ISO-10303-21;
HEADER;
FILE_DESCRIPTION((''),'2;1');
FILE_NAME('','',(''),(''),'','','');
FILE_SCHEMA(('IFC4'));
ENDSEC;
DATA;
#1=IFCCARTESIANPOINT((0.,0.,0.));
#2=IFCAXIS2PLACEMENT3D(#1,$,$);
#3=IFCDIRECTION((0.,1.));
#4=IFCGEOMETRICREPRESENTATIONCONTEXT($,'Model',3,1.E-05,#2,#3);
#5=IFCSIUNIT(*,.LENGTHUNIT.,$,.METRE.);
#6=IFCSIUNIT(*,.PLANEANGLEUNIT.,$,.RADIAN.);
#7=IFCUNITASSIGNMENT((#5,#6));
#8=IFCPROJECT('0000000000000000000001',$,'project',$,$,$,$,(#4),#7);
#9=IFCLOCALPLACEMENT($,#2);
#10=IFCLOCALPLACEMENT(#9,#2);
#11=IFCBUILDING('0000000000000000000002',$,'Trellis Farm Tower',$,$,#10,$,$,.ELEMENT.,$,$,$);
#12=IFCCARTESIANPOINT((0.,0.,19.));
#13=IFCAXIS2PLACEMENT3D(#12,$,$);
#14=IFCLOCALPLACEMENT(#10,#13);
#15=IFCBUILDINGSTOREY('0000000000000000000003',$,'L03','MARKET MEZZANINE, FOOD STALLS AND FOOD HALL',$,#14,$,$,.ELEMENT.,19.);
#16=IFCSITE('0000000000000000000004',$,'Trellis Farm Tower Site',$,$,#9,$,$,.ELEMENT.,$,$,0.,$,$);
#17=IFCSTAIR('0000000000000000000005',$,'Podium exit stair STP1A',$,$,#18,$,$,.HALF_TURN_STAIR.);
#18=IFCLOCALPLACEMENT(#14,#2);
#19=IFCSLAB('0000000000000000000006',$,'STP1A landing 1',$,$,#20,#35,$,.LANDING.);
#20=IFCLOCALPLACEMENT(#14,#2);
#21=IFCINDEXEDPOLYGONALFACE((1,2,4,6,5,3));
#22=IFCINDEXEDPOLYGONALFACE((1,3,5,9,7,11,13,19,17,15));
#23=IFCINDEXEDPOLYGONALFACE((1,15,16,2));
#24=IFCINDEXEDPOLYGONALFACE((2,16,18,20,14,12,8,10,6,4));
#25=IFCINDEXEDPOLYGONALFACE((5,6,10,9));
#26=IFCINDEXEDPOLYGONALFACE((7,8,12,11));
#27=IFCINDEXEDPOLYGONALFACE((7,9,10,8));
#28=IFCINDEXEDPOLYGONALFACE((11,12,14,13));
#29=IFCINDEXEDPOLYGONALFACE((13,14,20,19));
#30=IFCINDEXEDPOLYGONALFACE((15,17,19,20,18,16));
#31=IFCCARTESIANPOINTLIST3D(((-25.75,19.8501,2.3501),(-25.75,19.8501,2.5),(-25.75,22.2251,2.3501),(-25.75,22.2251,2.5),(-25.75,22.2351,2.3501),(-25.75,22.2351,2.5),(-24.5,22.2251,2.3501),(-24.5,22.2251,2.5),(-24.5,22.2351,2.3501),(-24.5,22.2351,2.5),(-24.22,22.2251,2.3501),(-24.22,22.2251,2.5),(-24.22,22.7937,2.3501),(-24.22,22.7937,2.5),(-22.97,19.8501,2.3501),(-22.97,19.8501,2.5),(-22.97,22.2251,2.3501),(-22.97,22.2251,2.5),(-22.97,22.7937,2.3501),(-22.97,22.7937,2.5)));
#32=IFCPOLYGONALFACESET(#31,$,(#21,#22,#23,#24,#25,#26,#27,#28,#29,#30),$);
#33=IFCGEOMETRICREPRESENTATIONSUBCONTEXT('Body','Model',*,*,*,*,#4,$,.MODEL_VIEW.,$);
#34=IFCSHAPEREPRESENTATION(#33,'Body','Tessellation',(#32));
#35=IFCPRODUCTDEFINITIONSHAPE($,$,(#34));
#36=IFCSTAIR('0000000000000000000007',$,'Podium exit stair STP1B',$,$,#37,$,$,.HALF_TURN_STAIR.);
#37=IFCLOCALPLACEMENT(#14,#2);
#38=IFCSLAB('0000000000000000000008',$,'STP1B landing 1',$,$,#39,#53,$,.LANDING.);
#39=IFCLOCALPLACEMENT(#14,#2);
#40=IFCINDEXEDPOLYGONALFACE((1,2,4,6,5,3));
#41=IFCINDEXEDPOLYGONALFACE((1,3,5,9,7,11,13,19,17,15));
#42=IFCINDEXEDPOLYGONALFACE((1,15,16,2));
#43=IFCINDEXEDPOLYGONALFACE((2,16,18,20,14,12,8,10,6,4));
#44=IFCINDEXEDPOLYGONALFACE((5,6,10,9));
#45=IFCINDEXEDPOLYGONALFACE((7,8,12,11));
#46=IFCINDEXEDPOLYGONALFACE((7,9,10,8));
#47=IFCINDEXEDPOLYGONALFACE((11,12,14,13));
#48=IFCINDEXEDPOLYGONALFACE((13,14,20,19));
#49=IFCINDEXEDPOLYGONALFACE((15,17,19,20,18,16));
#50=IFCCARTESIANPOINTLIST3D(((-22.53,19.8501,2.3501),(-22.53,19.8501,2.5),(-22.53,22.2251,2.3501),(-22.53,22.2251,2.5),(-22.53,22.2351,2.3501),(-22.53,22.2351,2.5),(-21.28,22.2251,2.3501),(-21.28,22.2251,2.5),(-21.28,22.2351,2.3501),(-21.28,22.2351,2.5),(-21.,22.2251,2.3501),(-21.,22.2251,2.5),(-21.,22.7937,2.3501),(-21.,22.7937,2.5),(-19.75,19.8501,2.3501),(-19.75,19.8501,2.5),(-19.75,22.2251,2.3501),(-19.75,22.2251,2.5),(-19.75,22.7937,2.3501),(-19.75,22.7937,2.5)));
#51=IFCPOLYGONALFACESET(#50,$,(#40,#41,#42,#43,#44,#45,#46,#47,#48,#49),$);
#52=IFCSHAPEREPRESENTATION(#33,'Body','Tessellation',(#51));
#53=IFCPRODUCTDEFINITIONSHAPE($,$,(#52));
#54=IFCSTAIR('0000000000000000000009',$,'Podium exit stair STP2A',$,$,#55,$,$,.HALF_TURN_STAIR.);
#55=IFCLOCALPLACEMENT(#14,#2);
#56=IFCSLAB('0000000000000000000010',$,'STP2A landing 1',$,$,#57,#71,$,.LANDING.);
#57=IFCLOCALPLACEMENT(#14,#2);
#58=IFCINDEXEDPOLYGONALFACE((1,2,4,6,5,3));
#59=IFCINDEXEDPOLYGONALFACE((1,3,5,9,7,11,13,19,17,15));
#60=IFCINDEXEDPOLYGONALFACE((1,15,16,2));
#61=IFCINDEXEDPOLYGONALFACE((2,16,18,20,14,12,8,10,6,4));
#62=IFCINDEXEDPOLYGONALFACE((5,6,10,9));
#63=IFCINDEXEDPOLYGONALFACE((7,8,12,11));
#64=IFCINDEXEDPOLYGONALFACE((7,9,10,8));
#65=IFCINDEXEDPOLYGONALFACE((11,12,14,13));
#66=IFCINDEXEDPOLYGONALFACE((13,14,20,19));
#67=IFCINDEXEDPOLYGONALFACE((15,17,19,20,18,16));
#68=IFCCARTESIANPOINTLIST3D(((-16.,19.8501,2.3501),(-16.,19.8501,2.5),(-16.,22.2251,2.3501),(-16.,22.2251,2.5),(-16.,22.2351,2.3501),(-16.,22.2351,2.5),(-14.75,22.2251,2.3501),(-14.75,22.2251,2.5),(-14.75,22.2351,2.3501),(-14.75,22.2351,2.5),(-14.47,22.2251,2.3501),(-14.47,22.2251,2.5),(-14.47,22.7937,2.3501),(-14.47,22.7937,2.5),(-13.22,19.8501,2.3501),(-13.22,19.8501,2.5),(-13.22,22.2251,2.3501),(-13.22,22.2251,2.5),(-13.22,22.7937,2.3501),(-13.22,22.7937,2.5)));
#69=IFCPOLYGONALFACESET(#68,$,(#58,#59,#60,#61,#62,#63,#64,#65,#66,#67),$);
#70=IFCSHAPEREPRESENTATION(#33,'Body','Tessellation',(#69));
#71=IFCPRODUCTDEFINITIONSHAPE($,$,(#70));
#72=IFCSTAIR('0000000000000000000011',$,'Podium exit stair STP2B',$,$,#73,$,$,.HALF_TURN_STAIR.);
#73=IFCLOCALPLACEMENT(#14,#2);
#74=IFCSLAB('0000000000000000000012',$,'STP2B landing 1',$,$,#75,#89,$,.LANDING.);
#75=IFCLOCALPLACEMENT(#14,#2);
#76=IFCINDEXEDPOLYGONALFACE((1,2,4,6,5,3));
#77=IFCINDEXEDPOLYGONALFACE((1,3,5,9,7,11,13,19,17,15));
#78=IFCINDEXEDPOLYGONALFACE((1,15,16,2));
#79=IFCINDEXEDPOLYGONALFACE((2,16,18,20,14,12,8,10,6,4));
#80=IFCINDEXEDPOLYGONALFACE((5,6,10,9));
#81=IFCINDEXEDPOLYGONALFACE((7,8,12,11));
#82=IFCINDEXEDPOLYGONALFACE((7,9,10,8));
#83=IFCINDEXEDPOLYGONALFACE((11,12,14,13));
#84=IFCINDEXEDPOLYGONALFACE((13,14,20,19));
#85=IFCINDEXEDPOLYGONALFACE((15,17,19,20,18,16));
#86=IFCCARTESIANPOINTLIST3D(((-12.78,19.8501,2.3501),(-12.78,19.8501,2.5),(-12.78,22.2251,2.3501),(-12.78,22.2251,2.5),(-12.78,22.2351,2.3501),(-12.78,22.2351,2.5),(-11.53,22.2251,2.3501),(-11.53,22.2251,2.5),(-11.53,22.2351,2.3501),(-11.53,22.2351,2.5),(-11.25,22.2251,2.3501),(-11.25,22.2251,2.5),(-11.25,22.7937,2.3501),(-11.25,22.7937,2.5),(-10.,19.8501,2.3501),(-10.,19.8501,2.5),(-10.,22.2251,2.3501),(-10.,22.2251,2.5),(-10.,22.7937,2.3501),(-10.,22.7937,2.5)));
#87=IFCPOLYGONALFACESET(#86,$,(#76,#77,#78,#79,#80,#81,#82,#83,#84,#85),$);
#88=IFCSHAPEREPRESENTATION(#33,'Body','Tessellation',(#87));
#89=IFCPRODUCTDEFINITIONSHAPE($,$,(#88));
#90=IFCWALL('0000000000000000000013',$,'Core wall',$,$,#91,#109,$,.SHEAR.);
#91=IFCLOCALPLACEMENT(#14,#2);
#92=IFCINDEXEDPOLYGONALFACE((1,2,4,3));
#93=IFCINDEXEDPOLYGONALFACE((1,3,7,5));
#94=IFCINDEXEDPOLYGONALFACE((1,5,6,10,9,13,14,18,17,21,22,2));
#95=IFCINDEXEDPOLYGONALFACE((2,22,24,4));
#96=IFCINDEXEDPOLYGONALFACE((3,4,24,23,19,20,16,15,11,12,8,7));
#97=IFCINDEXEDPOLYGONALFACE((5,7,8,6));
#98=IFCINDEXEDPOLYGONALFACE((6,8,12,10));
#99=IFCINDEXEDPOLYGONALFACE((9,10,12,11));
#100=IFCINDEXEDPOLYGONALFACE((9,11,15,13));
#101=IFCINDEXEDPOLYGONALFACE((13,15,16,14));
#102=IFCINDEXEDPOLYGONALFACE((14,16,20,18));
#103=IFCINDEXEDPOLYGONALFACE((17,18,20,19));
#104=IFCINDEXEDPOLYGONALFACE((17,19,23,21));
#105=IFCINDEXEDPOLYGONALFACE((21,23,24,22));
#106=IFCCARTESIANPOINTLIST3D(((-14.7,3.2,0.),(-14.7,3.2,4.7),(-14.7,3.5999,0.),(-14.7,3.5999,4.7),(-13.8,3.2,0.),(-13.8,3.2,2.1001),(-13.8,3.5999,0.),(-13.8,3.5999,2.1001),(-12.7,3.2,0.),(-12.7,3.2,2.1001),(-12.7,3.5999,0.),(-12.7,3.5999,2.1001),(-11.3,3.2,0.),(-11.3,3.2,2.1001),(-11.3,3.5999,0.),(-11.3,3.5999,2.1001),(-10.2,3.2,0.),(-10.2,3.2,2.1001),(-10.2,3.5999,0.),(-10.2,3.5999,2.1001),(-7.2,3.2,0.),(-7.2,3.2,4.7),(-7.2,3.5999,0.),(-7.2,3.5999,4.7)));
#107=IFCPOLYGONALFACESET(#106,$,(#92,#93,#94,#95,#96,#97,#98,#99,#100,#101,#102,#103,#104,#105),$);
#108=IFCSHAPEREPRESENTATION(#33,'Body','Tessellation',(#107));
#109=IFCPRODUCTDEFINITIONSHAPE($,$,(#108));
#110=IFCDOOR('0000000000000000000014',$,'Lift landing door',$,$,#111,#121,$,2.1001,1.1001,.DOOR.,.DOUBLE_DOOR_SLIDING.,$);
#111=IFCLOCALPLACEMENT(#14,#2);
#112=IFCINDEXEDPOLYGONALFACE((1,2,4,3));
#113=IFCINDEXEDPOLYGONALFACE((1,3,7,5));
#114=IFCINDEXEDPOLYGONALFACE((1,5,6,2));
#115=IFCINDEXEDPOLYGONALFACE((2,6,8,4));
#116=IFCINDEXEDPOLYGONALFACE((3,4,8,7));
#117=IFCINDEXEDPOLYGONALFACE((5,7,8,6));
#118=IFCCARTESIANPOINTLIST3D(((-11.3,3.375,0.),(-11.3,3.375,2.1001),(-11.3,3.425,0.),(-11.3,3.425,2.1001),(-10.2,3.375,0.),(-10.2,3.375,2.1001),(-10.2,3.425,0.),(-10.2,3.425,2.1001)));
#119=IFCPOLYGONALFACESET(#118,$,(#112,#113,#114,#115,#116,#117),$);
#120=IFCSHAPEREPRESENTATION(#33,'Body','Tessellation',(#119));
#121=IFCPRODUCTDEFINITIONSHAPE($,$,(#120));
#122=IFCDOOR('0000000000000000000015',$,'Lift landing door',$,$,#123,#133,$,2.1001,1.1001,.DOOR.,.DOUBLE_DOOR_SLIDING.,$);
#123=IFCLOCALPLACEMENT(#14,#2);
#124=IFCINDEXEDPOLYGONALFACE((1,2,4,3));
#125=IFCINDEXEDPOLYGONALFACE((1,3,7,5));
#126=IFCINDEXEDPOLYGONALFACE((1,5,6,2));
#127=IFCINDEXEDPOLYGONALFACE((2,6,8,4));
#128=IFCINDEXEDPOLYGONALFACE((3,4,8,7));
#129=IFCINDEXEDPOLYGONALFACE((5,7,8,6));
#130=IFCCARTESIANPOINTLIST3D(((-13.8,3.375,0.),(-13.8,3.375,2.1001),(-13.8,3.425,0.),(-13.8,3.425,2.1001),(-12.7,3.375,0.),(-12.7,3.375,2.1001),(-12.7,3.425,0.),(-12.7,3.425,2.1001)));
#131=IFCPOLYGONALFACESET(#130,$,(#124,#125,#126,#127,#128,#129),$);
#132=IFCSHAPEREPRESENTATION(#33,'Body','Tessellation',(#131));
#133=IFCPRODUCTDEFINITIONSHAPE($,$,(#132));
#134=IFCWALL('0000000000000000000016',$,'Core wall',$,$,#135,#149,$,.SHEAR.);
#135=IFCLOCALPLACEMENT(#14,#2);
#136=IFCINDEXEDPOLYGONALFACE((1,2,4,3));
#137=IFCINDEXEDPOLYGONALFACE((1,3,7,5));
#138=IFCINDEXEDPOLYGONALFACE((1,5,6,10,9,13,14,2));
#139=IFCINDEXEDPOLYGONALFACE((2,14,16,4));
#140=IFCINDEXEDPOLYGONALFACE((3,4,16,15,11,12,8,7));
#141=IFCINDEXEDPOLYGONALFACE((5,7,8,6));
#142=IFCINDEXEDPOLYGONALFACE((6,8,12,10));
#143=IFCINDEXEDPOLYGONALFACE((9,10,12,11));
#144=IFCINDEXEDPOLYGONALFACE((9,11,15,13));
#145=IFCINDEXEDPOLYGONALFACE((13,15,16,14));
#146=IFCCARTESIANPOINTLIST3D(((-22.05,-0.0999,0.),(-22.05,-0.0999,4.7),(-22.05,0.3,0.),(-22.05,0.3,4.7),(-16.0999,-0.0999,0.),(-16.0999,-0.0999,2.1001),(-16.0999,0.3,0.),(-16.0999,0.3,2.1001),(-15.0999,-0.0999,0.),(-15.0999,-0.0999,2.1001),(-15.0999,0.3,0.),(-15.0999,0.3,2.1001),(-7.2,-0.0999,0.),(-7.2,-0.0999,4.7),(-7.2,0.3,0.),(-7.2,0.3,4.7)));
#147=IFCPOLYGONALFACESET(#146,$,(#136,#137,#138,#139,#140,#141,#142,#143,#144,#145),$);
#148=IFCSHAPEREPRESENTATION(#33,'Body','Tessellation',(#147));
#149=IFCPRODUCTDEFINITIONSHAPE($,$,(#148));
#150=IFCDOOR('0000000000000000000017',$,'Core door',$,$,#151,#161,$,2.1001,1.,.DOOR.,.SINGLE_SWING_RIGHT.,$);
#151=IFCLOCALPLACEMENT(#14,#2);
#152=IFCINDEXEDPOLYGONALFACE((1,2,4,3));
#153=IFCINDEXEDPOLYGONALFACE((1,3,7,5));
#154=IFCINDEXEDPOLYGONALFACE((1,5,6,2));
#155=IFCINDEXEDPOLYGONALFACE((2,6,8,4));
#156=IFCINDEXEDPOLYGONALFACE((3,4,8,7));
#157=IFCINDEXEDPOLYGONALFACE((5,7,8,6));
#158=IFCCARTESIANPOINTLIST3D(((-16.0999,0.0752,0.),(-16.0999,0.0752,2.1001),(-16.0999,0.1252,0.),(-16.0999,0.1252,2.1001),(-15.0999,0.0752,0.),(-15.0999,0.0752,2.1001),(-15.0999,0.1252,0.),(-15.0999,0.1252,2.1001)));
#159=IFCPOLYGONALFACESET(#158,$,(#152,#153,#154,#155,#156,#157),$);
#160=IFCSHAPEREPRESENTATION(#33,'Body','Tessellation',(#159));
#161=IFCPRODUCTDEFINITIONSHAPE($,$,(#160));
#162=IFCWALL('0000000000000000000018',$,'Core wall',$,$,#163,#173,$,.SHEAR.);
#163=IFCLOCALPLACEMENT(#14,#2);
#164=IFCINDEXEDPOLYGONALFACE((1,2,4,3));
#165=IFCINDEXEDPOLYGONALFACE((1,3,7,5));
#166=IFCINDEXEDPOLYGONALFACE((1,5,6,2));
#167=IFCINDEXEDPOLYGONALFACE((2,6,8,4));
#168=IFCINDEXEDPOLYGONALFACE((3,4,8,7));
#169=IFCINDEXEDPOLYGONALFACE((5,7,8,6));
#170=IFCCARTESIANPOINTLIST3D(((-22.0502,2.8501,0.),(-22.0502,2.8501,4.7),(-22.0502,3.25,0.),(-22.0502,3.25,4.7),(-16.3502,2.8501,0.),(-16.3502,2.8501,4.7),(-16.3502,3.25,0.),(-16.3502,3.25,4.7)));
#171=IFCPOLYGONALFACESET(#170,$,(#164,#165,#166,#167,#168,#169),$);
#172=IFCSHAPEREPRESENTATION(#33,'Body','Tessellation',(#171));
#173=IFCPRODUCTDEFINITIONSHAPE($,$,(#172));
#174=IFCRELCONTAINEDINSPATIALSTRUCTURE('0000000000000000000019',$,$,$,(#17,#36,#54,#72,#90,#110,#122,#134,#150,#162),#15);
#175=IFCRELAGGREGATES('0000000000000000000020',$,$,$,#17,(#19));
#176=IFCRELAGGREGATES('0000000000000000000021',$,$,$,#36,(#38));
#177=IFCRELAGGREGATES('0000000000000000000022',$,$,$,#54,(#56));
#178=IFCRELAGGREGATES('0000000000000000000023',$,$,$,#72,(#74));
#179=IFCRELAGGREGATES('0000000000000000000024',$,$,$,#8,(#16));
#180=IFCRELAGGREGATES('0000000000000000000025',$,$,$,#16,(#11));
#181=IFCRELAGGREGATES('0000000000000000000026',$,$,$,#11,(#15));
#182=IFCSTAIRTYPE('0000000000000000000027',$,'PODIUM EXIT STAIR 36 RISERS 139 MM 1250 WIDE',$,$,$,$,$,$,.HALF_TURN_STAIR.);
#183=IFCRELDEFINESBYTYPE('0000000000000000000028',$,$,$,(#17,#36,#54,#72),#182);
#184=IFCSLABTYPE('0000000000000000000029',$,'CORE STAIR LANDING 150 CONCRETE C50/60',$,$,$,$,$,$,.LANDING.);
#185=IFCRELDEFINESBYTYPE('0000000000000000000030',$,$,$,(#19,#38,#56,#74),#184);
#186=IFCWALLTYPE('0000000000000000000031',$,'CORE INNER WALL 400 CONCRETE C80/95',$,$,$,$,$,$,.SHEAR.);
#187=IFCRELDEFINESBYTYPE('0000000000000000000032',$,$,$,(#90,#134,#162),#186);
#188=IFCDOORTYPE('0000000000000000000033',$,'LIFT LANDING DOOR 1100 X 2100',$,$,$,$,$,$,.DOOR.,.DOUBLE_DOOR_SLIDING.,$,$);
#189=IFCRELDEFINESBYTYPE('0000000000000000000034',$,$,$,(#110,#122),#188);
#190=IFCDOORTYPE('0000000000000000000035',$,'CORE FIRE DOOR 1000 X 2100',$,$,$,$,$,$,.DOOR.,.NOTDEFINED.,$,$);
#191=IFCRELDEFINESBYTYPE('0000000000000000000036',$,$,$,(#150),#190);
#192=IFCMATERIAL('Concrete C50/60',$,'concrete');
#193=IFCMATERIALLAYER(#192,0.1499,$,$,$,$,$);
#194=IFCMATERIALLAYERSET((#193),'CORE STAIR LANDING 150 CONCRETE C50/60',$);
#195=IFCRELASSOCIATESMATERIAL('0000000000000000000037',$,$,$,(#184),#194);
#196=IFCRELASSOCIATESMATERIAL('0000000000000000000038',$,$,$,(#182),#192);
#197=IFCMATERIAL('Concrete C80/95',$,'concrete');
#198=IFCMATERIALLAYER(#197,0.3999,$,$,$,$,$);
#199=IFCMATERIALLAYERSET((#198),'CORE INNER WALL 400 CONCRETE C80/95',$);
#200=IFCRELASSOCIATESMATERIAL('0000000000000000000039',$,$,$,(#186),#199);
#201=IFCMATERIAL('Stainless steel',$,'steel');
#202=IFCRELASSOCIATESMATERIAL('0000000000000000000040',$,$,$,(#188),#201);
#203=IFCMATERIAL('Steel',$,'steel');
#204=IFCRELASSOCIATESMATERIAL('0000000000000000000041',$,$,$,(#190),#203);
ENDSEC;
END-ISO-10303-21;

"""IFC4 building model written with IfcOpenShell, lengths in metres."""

from ifc_helpers import new_model, si_unit, direction, frame, frame_2d, origin, place, context, subcontext, project, spatial, polyline, rectangle, outline, extrude, source, transform, mapped, material, layer, layer_set, type_object, element, fill, aggregate, save


model = new_model("IFC4")

# Units and contexts
model_context = context("Model", 3, precision=1e-05, world=origin(), true_north=direction((0.0, 1.0)))
body_context = subcontext(model_context, "Body", "Model", "MODEL_VIEW")
ifc_project = project(units=[si_unit("LENGTHUNIT", "METRE"), si_unit("PLANEANGLEUNIT", "RADIAN")], contexts=[model_context])

# Site, building, storey
site_placement = place(None, origin())
site = spatial("IfcSite", under=ifc_project, at=site_placement, Name="Trellis Farm Tower Site", CompositionType="ELEMENT", RefElevation=0.0)
building_placement = place(site_placement, origin())
building = spatial("IfcBuilding", under=site, at=building_placement, Name="Trellis Farm Tower", CompositionType="ELEMENT")
storey_placement = place(building_placement, frame((0.0, 0.0, 19.0)))
storey = spatial("IfcBuildingStorey", under=building, at=storey_placement, Name="L03", Description="MARKET MEZZANINE, FOOD STALLS AND FOOD HALL", CompositionType="ELEMENT", Elevation=19.0)

# Shared definitions
ifc_material_1 = material(Name="Concrete C50/60", Category="concrete")
placement_1 = place(storey_placement, origin())
ifc_layer_1 = layer(ifc_material_1, 0.1499)
ifc_layer_set_1 = layer_set([ifc_layer_1], Name="CORE STAIR LANDING 150 CONCRETE C50/60")
slab_type = type_object("IfcSlabType", Name="CORE STAIR LANDING 150 CONCRETE C50/60", PredefinedType="LANDING", material=ifc_layer_set_1)

# Shared definitions
placement_2 = place(storey_placement, frame((0.0, 0.0, 2.3501)))

# Stairs, slabs
stair_type_1 = type_object("IfcStairType", Name="PODIUM EXIT STAIR 36 RISERS 139 MM 1250 WIDE", PredefinedType="HALF_TURN_STAIR", material=ifc_material_1)
stair_1 = element("IfcStair", 1, at=placement_1, inside=storey, type_object=stair_type_1, Name="Podium exit stair STP1A", PredefinedType="HALF_TURN_STAIR")
shared_shape_1 = source(origin(), body_context, "Body", "SweptSolid", [
    extrude(outline(polyline([(-22.97, 19.8501), (-25.75, 19.8501), (-25.75, 22.2251), (-25.75, 22.2351), (-24.5, 22.2351), (-24.5, 22.2251), (-24.22, 22.2251), (-24.22, 22.7937), (-22.97, 22.7937), (-22.97, 22.2251), (-22.97, 19.8501)])), origin(), (0.0, 0.0, 1.0), 0.1499),
])
slab_1 = element("IfcSlab", 2, at=placement_2, type_object=slab_type, Name="STP1A landing 1", PredefinedType="LANDING", context=body_context, shape_type="MappedRepresentation", body=[
    mapped(shared_shape_1, transform((0.0, 0.0, 0.0))),
])
aggregate(stair_1, [slab_1])
stair_2 = element("IfcStair", 3, at=placement_1, inside=storey, type_object=stair_type_1, Name="Podium exit stair STP1B", PredefinedType="HALF_TURN_STAIR")
shared_shape_2 = source(origin(), body_context, "Body", "SweptSolid", [
    extrude(outline(polyline([(-19.75, 19.8501), (-22.53, 19.8501), (-22.53, 22.2251), (-22.53, 22.2351), (-21.28, 22.2351), (-21.28, 22.2251), (-21.0, 22.2251), (-21.0, 22.7937), (-19.75, 22.7937), (-19.75, 22.2251), (-19.75, 19.8501)])), origin(), (0.0, 0.0, 1.0), 0.1499),
])
slab_2 = element("IfcSlab", 4, at=placement_2, type_object=slab_type, Name="STP1B landing 1", PredefinedType="LANDING", context=body_context, shape_type="MappedRepresentation", body=[
    mapped(shared_shape_2, transform((0.0, 0.0, 0.0))),
])
aggregate(stair_2, [slab_2])
stair_3 = element("IfcStair", 5, at=placement_1, inside=storey, type_object=stair_type_1, Name="Podium exit stair STP2A", PredefinedType="HALF_TURN_STAIR")
shared_shape_3 = source(origin(), body_context, "Body", "SweptSolid", [
    extrude(outline(polyline([(-13.22, 19.8501), (-16.0, 19.8501), (-16.0, 22.2251), (-16.0, 22.2351), (-14.75, 22.2351), (-14.75, 22.2251), (-14.47, 22.2251), (-14.47, 22.7937), (-13.22, 22.7937), (-13.22, 22.2251), (-13.22, 19.8501)])), origin(), (0.0, 0.0, 1.0), 0.1499),
])
slab_3 = element("IfcSlab", 6, at=placement_2, type_object=slab_type, Name="STP2A landing 1", PredefinedType="LANDING", context=body_context, shape_type="MappedRepresentation", body=[
    mapped(shared_shape_3, transform((0.0, 0.0, 0.0))),
])
aggregate(stair_3, [slab_3])
stair_4 = element("IfcStair", 7, at=placement_1, inside=storey, type_object=stair_type_1, Name="Podium exit stair STP2B", PredefinedType="HALF_TURN_STAIR")
shared_shape_4 = source(origin(), body_context, "Body", "SweptSolid", [
    extrude(outline(polyline([(-10.0, 19.8501), (-12.78, 19.8501), (-12.78, 22.2251), (-12.78, 22.2351), (-11.53, 22.2351), (-11.53, 22.2251), (-11.25, 22.2251), (-11.25, 22.7937), (-10.0, 22.7937), (-10.0, 22.2251), (-10.0, 19.8501)])), origin(), (0.0, 0.0, 1.0), 0.1499),
])
slab_4 = element("IfcSlab", 8, at=placement_2, type_object=slab_type, Name="STP2B landing 1", PredefinedType="LANDING", context=body_context, shape_type="MappedRepresentation", body=[
    mapped(shared_shape_4, transform((0.0, 0.0, 0.0))),
])
aggregate(stair_4, [slab_4])

# Wall, openings, doors
ifc_material_2 = material(Name="Concrete C80/95", Category="concrete")
ifc_layer_2 = layer(ifc_material_2, 0.3999)
ifc_layer_set_2 = layer_set([ifc_layer_2], Name="CORE INNER WALL 400 CONCRETE C80/95")
wall_type = type_object("IfcWallType", Name="CORE INNER WALL 400 CONCRETE C80/95", PredefinedType="SHEAR", material=ifc_layer_set_2)
shared_shape_5 = source(origin(), body_context, "Body", "SweptSolid", [
    extrude(rectangle(XDim=7.5, YDim=0.3999, at=frame_2d((3.75, 0.0))), origin(), (0.0, 0.0, 1.0), 4.7),
])
wall_1_placement = place(storey_placement, frame((-7.2, 3.3999, 0.0), z_axis=(0.0, 0.0, 1.0), x_axis=(-1.0, 0.0, 0.0)))
wall_1 = element("IfcWall", 9, at=wall_1_placement, inside=storey, type_object=wall_type, Name="Core wall", PredefinedType="SHEAR", context=body_context, shape_type="MappedRepresentation", body=[
    mapped(shared_shape_5, transform((0.0, 0.0, 0.0))),
])
shared_shape_6 = source(origin(), body_context, "Body", "SweptSolid", [
    extrude(rectangle(XDim=1.1001, YDim=2.1001, at=frame_2d((0.55, 1.05))), frame((0.0, 0.21, 0.0), z_axis=(0.0, -1.0, 0.0), x_axis=(1.0, 0.0, 0.0)), (0.0, 0.0, 1.0), 0.4199),
])
opening_1_placement = place(wall_1_placement, frame((3.0, 0.0, 0.0)))
opening_1 = element("IfcOpeningElement", 10, at=opening_1_placement, cuts=wall_1, PredefinedType="OPENING", context=body_context, shape_type="MappedRepresentation", body=[
    mapped(shared_shape_6, transform((0.0, 0.0, 0.0))),
])
opening_2_placement = place(wall_1_placement, frame((5.5, 0.0, 0.0)))
opening_2 = element("IfcOpeningElement", 11, at=opening_2_placement, cuts=wall_1, PredefinedType="OPENING", context=body_context, shape_type="MappedRepresentation", body=[
    mapped(shared_shape_6, transform((0.0, 0.0, 0.0))),
])
ifc_material_3 = material(Name="Stainless steel", Category="steel")
door_type_1 = type_object("IfcDoorType", Name="LIFT LANDING DOOR 1100 X 2100", OperationType="DOUBLE_DOOR_SLIDING", PredefinedType="DOOR", material=ifc_material_3)
shared_shape_7 = source(origin(), body_context, "Body", "SweptSolid", [
    extrude(rectangle(XDim=1.1001, YDim=2.1001, at=frame_2d((0.55, 1.05))), frame((0.0, 0.0249, 0.0), z_axis=(0.0, -1.0, 0.0), x_axis=(1.0, 0.0, 0.0)), (0.0, 0.0, 1.0), 0.05),
])
door_1_placement = place(opening_1_placement, origin())
door_1 = element("IfcDoor", 12, at=door_1_placement, inside=storey, type_object=door_type_1, Name="Lift landing door", OperationType="DOUBLE_DOOR_SLIDING", OverallHeight=2.1001, OverallWidth=1.1001, PredefinedType="DOOR", context=body_context, shape_type="MappedRepresentation", body=[
    mapped(shared_shape_7, transform((0.0, 0.0, 0.0))),
])
fill(opening_1, door_1)
door_2_placement = place(opening_2_placement, origin())
door_2 = element("IfcDoor", 13, at=door_2_placement, inside=storey, type_object=door_type_1, Name="Lift landing door", OperationType="DOUBLE_DOOR_SLIDING", OverallHeight=2.1001, OverallWidth=1.1001, PredefinedType="DOOR", context=body_context, shape_type="MappedRepresentation", body=[
    mapped(shared_shape_7, transform((0.0, 0.0, 0.0))),
])
fill(opening_2, door_2)

# Wall, opening, door
shared_shape_8 = source(origin(), body_context, "Body", "SweptSolid", [
    extrude(rectangle(XDim=14.8501, YDim=0.3999, at=frame_2d((7.425, 0.0))), origin(), (0.0, 0.0, 1.0), 4.7),
])
wall_2_placement = place(storey_placement, frame((-7.2, 0.1001, 0.0), z_axis=(0.0, 0.0, 1.0), x_axis=(-1.0, 0.0, 0.0)))
wall_2 = element("IfcWall", 14, at=wall_2_placement, inside=storey, type_object=wall_type, Name="Core wall", PredefinedType="SHEAR", context=body_context, shape_type="MappedRepresentation", body=[
    mapped(shared_shape_8, transform((0.0, 0.0, 0.0))),
])
shared_shape_9 = source(origin(), body_context, "Body", "SweptSolid", [
    extrude(rectangle(XDim=1.0, YDim=2.1001, at=frame_2d((0.5, 1.05))), frame((0.0, 0.21, 0.0), z_axis=(0.0, -1.0, 0.0), x_axis=(1.0, 0.0, 0.0)), (0.0, 0.0, 1.0), 0.4199),
])
opening_3_placement = place(wall_2_placement, frame((7.8999, 0.0, 0.0)))
opening_3 = element("IfcOpeningElement", 15, at=opening_3_placement, cuts=wall_2, PredefinedType="OPENING", context=body_context, shape_type="MappedRepresentation", body=[
    mapped(shared_shape_9, transform((0.0, 0.0, 0.0))),
])
ifc_material_4 = material(Name="Steel", Category="steel")
door_type_2 = type_object("IfcDoorType", Name="CORE FIRE DOOR 1000 X 2100", OperationType="NOTDEFINED", PredefinedType="DOOR", material=ifc_material_4)
shared_shape_10 = source(origin(), body_context, "Body", "SweptSolid", [
    extrude(rectangle(XDim=1.0, YDim=2.1001, at=frame_2d((0.5, 1.05))), frame((0.0, 0.0249, 0.0), z_axis=(0.0, -1.0, 0.0), x_axis=(1.0, 0.0, 0.0)), (0.0, 0.0, 1.0), 0.05),
])
door_3_placement = place(opening_3_placement, origin())
door_3 = element("IfcDoor", 16, at=door_3_placement, inside=storey, type_object=door_type_2, Name="Core door", OperationType="SINGLE_SWING_RIGHT", OverallHeight=2.1001, OverallWidth=1.0, PredefinedType="DOOR", context=body_context, shape_type="MappedRepresentation", body=[
    mapped(shared_shape_10, transform((0.0, 0.0, 0.0))),
])
fill(opening_3, door_3)

# Wall
shared_shape_11 = source(origin(), body_context, "Body", "SweptSolid", [
    extrude(rectangle(XDim=5.7, YDim=0.3999, at=frame_2d((2.8501, 0.0))), origin(), (0.0, 0.0, 1.0), 4.7),
])
wall_3_placement = place(storey_placement, frame((-16.3501, 3.05, 0.0), z_axis=(0.0, 0.0, 1.0), x_axis=(-1.0, 0.0, 0.0)))
element("IfcWall", 17, at=wall_3_placement, inside=storey, type_object=wall_type, Name="Core wall", PredefinedType="SHEAR", context=body_context, shape_type="MappedRepresentation", body=[
    mapped(shared_shape_11, transform((0.0, 0.0, 0.0))),
])

save(model, "model.ifc")
